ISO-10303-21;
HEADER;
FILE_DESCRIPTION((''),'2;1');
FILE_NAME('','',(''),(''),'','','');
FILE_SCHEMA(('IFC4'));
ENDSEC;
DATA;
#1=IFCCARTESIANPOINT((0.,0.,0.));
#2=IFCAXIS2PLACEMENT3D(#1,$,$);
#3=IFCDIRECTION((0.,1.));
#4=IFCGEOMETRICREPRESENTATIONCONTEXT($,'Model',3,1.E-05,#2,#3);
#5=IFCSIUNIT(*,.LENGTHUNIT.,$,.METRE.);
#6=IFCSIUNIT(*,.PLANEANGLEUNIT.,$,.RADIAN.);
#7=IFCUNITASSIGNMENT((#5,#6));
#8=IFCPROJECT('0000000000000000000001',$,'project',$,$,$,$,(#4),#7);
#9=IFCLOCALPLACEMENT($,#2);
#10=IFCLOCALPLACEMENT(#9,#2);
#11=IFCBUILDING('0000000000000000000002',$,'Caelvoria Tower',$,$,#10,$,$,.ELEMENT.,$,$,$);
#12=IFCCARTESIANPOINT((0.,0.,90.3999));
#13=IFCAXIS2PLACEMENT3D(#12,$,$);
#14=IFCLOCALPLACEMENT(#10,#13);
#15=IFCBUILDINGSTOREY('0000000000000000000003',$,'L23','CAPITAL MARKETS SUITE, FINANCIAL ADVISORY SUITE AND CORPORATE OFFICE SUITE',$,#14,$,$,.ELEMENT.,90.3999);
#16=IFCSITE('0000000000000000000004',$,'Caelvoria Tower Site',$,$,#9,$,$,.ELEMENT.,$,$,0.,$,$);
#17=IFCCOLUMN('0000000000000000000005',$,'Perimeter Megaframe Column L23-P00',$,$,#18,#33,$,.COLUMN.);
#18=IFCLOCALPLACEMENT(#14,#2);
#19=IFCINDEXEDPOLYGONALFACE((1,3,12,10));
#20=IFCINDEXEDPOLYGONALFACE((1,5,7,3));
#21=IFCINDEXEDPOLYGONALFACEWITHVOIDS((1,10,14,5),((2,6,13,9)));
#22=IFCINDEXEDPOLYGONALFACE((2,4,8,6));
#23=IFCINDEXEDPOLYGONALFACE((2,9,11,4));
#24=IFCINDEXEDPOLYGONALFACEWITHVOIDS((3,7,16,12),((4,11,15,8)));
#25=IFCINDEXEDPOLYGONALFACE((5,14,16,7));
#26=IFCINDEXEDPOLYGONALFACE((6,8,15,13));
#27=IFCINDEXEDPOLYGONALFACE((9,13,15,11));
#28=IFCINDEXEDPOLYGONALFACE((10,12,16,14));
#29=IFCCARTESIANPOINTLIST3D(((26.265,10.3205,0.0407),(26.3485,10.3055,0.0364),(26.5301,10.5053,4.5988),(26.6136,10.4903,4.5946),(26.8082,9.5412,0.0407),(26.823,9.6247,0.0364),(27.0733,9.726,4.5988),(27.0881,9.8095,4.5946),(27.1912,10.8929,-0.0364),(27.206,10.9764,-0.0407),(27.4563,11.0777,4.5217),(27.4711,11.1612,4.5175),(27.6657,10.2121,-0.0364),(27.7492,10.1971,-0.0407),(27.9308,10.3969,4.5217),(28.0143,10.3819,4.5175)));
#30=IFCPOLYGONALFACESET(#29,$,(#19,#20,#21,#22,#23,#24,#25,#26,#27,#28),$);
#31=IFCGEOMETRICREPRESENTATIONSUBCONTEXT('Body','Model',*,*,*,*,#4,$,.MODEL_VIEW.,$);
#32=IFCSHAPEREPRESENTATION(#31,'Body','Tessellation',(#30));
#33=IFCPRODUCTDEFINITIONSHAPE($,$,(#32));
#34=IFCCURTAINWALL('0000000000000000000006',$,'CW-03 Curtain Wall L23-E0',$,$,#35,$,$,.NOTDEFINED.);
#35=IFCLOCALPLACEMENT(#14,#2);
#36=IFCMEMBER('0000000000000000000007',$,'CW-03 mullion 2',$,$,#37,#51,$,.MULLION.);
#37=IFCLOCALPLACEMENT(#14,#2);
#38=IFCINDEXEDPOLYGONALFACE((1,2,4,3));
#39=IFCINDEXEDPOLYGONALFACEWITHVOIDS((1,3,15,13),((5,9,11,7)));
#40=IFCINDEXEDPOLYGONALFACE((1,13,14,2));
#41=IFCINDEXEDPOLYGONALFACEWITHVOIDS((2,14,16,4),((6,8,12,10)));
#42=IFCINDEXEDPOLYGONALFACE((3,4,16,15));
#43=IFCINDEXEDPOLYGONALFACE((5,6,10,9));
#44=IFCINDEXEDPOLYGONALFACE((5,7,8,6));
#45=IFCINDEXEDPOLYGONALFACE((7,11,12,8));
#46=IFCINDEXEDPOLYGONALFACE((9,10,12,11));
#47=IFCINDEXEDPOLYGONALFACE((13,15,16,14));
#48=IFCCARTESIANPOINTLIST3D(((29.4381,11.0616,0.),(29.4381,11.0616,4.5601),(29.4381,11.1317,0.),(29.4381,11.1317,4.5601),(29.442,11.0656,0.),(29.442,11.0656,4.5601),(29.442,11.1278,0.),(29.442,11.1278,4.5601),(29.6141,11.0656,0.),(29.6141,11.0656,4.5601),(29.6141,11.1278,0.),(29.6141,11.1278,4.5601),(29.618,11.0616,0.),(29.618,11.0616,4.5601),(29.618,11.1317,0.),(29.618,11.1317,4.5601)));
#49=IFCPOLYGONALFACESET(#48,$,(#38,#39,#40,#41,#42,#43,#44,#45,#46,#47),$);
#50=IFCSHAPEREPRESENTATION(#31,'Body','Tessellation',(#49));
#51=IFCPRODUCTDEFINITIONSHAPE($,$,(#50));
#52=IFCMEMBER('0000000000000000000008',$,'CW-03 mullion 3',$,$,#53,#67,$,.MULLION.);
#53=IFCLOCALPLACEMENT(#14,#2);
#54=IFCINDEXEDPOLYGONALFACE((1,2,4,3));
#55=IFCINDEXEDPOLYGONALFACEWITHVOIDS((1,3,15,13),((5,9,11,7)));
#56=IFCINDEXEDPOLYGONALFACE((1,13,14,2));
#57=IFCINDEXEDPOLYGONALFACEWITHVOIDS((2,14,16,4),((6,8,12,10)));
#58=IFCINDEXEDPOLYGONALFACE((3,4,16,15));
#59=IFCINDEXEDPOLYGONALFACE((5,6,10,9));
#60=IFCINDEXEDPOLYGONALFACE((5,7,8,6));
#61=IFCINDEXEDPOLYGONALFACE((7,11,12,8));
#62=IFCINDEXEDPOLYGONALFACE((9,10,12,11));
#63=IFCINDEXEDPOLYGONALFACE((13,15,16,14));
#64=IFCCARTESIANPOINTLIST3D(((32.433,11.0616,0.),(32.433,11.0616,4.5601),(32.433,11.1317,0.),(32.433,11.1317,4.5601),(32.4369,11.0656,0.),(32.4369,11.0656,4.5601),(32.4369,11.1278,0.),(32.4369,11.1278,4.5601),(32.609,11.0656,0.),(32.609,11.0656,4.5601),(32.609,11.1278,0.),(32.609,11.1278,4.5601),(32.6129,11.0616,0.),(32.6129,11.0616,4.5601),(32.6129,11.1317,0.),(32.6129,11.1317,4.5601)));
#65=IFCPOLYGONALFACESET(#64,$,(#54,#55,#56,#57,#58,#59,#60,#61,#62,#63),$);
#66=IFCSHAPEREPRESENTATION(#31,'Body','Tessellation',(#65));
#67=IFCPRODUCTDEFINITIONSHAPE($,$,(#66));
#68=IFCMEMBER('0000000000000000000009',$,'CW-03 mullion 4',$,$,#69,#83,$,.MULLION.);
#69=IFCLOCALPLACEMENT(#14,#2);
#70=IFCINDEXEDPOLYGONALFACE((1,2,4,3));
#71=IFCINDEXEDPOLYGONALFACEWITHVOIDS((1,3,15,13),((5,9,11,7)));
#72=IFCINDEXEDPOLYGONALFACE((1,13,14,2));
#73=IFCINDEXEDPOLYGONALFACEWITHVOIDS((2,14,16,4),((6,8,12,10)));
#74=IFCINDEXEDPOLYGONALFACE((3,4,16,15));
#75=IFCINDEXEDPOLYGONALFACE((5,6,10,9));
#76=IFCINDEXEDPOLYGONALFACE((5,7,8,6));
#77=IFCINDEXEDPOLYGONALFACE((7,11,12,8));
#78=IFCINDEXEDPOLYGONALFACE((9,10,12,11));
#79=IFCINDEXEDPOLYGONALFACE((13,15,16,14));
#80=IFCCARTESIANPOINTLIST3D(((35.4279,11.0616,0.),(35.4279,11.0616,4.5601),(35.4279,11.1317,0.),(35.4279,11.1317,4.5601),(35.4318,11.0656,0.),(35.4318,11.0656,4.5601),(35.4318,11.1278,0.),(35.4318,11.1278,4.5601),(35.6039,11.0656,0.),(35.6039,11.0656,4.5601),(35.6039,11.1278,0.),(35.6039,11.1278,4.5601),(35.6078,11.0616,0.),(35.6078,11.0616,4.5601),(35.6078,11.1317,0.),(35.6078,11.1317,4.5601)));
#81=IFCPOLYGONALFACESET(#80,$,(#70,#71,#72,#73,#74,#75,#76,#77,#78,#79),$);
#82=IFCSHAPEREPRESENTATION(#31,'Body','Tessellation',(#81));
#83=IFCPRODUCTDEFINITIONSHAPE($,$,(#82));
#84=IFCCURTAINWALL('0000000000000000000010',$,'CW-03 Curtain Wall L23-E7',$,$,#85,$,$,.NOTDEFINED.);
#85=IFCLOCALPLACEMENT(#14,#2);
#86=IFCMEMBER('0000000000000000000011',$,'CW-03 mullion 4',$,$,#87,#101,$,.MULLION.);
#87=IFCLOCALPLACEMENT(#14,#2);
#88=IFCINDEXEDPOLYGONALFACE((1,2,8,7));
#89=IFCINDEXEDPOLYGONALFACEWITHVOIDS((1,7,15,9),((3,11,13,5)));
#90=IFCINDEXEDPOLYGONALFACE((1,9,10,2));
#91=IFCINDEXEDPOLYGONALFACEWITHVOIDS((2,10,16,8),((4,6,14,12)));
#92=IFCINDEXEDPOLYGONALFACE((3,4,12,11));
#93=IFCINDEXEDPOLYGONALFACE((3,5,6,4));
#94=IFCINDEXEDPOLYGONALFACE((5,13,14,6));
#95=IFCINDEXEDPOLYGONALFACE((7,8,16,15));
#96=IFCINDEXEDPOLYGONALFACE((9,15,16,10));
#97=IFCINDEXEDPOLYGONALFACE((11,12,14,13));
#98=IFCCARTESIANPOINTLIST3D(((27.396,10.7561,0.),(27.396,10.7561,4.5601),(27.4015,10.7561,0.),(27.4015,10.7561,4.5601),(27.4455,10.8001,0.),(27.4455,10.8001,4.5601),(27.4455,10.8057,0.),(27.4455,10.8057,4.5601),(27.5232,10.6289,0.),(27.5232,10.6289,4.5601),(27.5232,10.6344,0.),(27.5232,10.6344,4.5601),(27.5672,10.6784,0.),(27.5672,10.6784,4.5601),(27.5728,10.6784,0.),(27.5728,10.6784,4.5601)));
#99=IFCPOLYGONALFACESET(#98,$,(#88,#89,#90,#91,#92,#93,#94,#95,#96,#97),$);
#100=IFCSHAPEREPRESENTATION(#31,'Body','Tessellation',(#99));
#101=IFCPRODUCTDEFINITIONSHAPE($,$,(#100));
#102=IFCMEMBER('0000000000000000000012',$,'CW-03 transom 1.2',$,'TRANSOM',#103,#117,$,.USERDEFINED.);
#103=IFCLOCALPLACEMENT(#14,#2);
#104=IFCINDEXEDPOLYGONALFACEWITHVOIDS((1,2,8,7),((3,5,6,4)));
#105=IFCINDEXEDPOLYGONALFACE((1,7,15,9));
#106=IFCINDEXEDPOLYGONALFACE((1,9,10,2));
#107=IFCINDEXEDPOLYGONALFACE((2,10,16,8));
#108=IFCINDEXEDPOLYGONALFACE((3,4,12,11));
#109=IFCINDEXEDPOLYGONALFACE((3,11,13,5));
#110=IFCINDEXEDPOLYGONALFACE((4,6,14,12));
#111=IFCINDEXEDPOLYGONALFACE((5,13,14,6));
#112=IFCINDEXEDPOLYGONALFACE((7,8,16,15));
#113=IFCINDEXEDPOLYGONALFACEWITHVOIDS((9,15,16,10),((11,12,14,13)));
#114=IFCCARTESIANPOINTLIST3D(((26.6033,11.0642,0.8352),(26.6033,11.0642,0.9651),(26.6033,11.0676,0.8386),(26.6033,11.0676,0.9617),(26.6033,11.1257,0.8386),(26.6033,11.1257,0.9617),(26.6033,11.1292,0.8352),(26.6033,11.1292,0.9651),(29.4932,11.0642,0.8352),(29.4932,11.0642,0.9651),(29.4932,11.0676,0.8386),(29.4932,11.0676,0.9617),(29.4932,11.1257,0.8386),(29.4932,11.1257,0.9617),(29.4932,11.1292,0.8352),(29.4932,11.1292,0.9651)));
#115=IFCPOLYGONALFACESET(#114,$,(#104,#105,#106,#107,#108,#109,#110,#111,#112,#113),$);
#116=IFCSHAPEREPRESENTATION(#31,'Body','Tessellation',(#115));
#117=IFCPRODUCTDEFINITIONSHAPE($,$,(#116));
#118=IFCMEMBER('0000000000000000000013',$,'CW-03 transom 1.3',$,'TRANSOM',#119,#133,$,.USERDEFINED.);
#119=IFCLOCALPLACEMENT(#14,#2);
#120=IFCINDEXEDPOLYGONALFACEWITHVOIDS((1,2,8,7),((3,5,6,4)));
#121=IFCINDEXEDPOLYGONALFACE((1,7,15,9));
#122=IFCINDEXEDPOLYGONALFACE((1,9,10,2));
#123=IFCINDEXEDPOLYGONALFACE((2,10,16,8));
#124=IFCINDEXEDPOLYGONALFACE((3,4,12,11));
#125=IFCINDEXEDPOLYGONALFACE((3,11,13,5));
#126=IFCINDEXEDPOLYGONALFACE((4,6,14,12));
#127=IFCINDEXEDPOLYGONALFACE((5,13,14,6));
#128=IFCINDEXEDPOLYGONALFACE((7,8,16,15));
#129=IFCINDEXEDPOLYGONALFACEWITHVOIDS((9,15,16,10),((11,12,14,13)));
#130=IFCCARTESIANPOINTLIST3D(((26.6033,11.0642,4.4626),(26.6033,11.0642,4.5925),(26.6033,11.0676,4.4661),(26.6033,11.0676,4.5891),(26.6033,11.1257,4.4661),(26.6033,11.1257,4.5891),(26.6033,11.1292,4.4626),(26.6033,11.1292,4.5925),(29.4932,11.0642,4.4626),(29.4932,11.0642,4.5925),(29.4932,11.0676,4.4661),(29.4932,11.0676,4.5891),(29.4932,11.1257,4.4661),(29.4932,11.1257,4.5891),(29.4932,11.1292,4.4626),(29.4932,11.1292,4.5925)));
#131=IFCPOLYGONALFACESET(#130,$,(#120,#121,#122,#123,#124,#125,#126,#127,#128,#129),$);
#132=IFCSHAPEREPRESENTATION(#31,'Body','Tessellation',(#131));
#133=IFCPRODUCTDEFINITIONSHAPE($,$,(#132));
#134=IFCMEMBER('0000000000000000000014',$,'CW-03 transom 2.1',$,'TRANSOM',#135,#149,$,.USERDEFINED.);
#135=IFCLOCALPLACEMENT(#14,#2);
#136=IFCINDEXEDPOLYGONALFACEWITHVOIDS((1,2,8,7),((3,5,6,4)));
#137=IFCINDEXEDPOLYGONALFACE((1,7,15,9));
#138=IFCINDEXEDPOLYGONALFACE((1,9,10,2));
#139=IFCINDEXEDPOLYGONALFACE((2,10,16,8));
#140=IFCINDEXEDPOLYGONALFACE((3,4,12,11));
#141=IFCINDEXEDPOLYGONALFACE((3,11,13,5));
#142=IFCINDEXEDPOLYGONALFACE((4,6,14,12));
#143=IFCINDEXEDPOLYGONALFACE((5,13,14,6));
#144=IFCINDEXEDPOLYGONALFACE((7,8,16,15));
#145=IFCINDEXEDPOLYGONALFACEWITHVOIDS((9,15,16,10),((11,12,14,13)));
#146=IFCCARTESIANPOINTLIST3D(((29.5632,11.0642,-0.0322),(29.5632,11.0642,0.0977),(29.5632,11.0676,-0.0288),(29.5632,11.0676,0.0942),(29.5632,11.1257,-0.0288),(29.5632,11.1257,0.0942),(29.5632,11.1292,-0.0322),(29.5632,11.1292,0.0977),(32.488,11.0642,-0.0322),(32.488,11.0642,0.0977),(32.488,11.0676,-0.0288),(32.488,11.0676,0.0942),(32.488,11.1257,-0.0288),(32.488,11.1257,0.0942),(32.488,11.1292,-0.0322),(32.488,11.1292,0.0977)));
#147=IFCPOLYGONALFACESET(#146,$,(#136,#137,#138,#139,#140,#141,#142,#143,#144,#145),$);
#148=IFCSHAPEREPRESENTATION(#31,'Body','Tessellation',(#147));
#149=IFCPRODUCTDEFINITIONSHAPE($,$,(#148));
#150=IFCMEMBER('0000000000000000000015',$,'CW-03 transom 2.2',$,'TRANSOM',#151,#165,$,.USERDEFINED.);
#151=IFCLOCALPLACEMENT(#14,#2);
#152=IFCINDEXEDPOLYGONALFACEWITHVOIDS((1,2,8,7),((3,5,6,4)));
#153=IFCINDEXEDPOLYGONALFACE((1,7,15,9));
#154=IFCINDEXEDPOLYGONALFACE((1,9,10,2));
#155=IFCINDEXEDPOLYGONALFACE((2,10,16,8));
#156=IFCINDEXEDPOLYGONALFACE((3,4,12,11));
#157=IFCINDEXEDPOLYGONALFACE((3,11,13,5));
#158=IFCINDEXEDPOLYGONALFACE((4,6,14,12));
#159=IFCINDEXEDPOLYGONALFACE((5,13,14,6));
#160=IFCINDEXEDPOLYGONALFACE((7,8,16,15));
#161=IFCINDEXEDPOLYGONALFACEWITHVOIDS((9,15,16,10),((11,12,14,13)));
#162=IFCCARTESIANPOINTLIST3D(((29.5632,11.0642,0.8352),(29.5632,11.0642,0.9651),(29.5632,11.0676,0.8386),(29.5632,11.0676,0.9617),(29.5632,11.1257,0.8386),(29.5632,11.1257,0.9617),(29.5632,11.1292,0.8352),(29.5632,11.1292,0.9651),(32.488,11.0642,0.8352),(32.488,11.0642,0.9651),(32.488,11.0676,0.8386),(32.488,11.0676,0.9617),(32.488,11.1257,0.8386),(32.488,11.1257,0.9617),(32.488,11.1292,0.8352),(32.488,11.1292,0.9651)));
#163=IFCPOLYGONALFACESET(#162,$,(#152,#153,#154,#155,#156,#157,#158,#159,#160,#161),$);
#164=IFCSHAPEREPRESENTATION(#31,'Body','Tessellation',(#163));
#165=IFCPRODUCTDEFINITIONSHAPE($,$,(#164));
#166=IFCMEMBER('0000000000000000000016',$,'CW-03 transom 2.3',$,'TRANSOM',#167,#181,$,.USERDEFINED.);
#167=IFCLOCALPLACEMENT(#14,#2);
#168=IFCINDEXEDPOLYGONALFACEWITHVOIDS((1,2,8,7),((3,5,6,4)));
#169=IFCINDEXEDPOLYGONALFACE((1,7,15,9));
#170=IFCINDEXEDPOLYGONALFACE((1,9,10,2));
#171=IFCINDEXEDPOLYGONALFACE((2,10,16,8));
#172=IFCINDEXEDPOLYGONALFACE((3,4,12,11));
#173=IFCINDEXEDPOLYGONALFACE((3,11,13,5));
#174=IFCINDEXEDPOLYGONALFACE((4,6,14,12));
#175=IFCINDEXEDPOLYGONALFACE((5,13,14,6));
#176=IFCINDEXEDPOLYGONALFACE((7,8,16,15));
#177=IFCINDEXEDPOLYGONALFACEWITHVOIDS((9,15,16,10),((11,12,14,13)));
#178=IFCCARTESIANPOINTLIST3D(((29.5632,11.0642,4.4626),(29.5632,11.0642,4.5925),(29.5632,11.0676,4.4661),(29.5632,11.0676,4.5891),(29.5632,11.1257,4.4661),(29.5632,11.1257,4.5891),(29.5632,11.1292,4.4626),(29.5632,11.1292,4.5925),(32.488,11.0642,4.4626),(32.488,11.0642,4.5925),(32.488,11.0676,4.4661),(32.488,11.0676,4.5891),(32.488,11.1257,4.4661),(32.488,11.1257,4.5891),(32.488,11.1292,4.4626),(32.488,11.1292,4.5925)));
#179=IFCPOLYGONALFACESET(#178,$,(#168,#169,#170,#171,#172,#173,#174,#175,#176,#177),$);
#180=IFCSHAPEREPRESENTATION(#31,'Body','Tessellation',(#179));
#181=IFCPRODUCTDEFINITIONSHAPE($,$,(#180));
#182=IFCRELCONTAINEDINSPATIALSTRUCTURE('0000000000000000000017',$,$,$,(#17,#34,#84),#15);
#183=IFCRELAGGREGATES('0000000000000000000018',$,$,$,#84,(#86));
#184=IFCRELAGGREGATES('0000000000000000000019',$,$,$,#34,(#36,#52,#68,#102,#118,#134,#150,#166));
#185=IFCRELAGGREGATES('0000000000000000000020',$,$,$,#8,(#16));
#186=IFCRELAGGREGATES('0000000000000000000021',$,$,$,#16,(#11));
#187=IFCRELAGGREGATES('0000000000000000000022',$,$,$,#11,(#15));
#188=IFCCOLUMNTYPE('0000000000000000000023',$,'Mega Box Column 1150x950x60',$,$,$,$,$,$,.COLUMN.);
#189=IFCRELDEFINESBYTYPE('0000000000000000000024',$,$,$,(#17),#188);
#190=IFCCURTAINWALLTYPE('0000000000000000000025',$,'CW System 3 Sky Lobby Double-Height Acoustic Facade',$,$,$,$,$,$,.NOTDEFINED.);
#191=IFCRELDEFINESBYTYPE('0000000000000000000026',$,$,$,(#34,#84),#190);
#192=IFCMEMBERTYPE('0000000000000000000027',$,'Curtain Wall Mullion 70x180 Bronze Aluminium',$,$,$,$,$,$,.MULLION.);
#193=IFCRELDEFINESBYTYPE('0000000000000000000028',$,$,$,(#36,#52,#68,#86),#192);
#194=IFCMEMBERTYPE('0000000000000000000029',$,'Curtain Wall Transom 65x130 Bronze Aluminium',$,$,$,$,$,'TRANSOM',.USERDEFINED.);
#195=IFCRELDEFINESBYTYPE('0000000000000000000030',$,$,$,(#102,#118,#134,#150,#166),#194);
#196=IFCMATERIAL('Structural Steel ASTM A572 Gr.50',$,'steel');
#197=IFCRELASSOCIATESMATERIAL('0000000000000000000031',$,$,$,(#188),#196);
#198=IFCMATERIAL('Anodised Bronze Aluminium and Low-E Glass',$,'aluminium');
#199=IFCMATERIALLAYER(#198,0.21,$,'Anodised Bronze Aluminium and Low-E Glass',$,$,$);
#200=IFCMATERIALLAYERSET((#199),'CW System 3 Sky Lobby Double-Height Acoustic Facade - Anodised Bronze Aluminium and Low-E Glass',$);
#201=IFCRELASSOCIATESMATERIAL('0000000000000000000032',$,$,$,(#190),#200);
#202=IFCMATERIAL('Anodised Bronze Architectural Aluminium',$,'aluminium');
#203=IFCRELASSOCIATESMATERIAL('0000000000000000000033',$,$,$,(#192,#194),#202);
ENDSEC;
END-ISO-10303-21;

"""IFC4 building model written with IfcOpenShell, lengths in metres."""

from ifc_helpers import new_model, si_unit, direction, frame, origin, origin_2d, place, context, subcontext, project, spatial, hollow_rectangle, extrude, material, layer, layer_set, material_profile, profile_set, type_object, element, aggregate, save


model = new_model("IFC4")

# Units and contexts
model_context = context("Model", 3, precision=1e-05, world=origin(), true_north=direction((0.0, 1.0)))
body_context = subcontext(model_context, "Body", "Model", "MODEL_VIEW")
ifc_project = project(units=[si_unit("LENGTHUNIT", "METRE"), si_unit("PLANEANGLEUNIT", "RADIAN")], contexts=[model_context])

# Site, building, storey
site_placement = place(None, origin())
site = spatial("IfcSite", under=ifc_project, at=site_placement, Name="Caelvoria Tower Site", CompositionType="ELEMENT", RefElevation=0.0)
building_placement = place(site_placement, origin())
building = spatial("IfcBuilding", under=site, at=building_placement, Name="Caelvoria Tower", CompositionType="ELEMENT")
storey_placement = place(building_placement, frame((0.0, 0.0, 90.3999)))
storey = spatial("IfcBuildingStorey", under=building, at=storey_placement, Name="L23", Description="CAPITAL MARKETS SUITE, FINANCIAL ADVISORY SUITE AND CORPORATE OFFICE SUITE", CompositionType="ELEMENT", Elevation=90.3999)

# Column
ifc_material_1 = material(Name="Structural Steel ASTM A572 Gr.50", Category="steel")
ifc_material_profile_1 = material_profile(ifc_material_1, hollow_rectangle(XDim=0.95, YDim=1.1499, WallThickness=0.0601, at=origin_2d()), Name="Structural Steel ASTM A572 Gr.50")
ifc_profile_set_1 = profile_set([ifc_material_profile_1], Name="BOX1150X950X60 - Structural Steel ASTM A572 Gr.50")
column_type = type_object("IfcColumnType", Name="Mega Box Column 1150x950x60", PredefinedType="COLUMN", material=ifc_profile_set_1)
column_placement = place(storey_placement, frame((27.0071, 10.2588, 0.0), z_axis=(0.058023, 0.040445, 0.997496), x_axis=(-0.571839, 0.820366, 0.0)))
element("IfcColumn", 1, at=column_placement, inside=storey, type_object=column_type, Name="Perimeter Megaframe Column L23-P00", PredefinedType="COLUMN", context=body_context, shape_type="SweptSolid", body=[
    extrude(hollow_rectangle(XDim=0.95, YDim=1.1499, WallThickness=0.0601, at=origin_2d()), origin(), (0.0, 0.0, 1.0), 4.5696),
])

# Curtain wall, members
ifc_material_2 = material(Name="Anodised Bronze Aluminium and Low-E Glass", Category="aluminium")
ifc_layer_1 = layer(ifc_material_2, 0.21, Name="Anodised Bronze Aluminium and Low-E Glass")
ifc_layer_set_1 = layer_set([ifc_layer_1], Name="CW System 3 Sky Lobby Double-Height Acoustic Facade - Anodised Bronze Aluminium and Low-E Glass")
curtain_wall_type = type_object("IfcCurtainWallType", Name="CW System 3 Sky Lobby Double-Height Acoustic Facade", PredefinedType="NOTDEFINED", material=ifc_layer_set_1)
curtain_wall_1_placement = place(storey_placement, origin())
curtain_wall_1 = element("IfcCurtainWall", 2, at=curtain_wall_1_placement, inside=storey, type_object=curtain_wall_type, Name="CW-03 Curtain Wall L23-E0", PredefinedType="NOTDEFINED")
ifc_material_3 = material(Name="Anodised Bronze Architectural Aluminium", Category="aluminium")
ifc_material_profile_2 = material_profile(ifc_material_3, hollow_rectangle(XDim=0.0701, YDim=0.1799, WallThickness=0.0039, at=origin_2d()), Name="Anodised Bronze Architectural Aluminium")
ifc_profile_set_2 = profile_set([ifc_material_profile_2], Name="CW_MULL_70X180 - Anodised Bronze Architectural Aluminium")
member_type_1 = type_object("IfcMemberType", Name="Curtain Wall Mullion 70x180 Bronze Aluminium", PredefinedType="MULLION", material=ifc_profile_set_2)
member_1_placement = place(storey_placement, frame((29.5281, 11.0967, 0.0), z_axis=(0.0, 0.0, 1.0), x_axis=(0.0, 1.0, 0.0)))
member_1 = element("IfcMember", 3, at=member_1_placement, type_object=member_type_1, Name="CW-03 mullion 2", PredefinedType="MULLION", context=body_context, shape_type="SweptSolid", body=[
    extrude(hollow_rectangle(XDim=0.0701, YDim=0.1799, WallThickness=0.0039, at=origin_2d()), origin(), (0.0, 0.0, 1.0), 4.5601),
])
member_2_placement = place(storey_placement, frame((32.5229, 11.0967, 0.0), z_axis=(0.0, 0.0, 1.0), x_axis=(0.0, 1.0, 0.0)))
member_2 = element("IfcMember", 4, at=member_2_placement, type_object=member_type_1, Name="CW-03 mullion 3", PredefinedType="MULLION", context=body_context, shape_type="SweptSolid", body=[
    extrude(hollow_rectangle(XDim=0.0701, YDim=0.1799, WallThickness=0.0039, at=origin_2d()), origin(), (0.0, 0.0, 1.0), 4.5601),
])
member_3_placement = place(storey_placement, frame((35.5178, 11.0967, 0.0), z_axis=(0.0, 0.0, 1.0), x_axis=(0.0, 1.0, 0.0)))
member_3 = element("IfcMember", 5, at=member_3_placement, type_object=member_type_1, Name="CW-03 mullion 4", PredefinedType="MULLION", context=body_context, shape_type="SweptSolid", body=[
    extrude(hollow_rectangle(XDim=0.0701, YDim=0.1799, WallThickness=0.0039, at=origin_2d()), origin(), (0.0, 0.0, 1.0), 4.5601),
])

# Curtain wall, member
curtain_wall_2_placement = place(storey_placement, origin())
curtain_wall_2 = element("IfcCurtainWall", 6, at=curtain_wall_2_placement, inside=storey, type_object=curtain_wall_type, Name="CW-03 Curtain Wall L23-E7", PredefinedType="NOTDEFINED")
member_4_placement = place(storey_placement, frame((27.4844, 10.7173, 0.0), z_axis=(0.0, 0.0, 1.0), x_axis=(0.707107, 0.707107, 0.0)))
member_4 = element("IfcMember", 7, at=member_4_placement, type_object=member_type_1, Name="CW-03 mullion 4", PredefinedType="MULLION", context=body_context, shape_type="SweptSolid", body=[
    extrude(hollow_rectangle(XDim=0.0701, YDim=0.1799, WallThickness=0.0039, at=origin_2d()), origin(), (0.0, 0.0, 1.0), 4.5601),
])
aggregate(curtain_wall_2, [member_4])

# Members
ifc_material_profile_3 = material_profile(ifc_material_3, hollow_rectangle(XDim=0.0649, YDim=0.1299, WallThickness=0.0034, at=origin_2d()), Name="Anodised Bronze Architectural Aluminium")
ifc_profile_set_3 = profile_set([ifc_material_profile_3], Name="CW_TRAN_65X130 - Anodised Bronze Architectural Aluminium")
member_type_2 = type_object("IfcMemberType", Name="Curtain Wall Transom 65x130 Bronze Aluminium", ElementType="TRANSOM", PredefinedType="USERDEFINED", material=ifc_profile_set_3)
member_5_placement = place(storey_placement, frame((26.6033, 11.0967, 0.9001), z_axis=(1.0, 0.0, 0.0), x_axis=(0.0, 1.0, 0.0)))
member_5 = element("IfcMember", 8, at=member_5_placement, type_object=member_type_2, Name="CW-03 transom 1.2", ObjectType="TRANSOM", PredefinedType="USERDEFINED", context=body_context, shape_type="SweptSolid", body=[
    extrude(hollow_rectangle(XDim=0.0649, YDim=0.1299, WallThickness=0.0034, at=origin_2d()), origin(), (0.0, 0.0, 1.0), 2.8899),
])
member_6_placement = place(storey_placement, frame((26.6033, 11.0967, 4.5276), z_axis=(1.0, 0.0, 0.0), x_axis=(0.0, 1.0, 0.0)))
member_6 = element("IfcMember", 9, at=member_6_placement, type_object=member_type_2, Name="CW-03 transom 1.3", ObjectType="TRANSOM", PredefinedType="USERDEFINED", context=body_context, shape_type="SweptSolid", body=[
    extrude(hollow_rectangle(XDim=0.0649, YDim=0.1299, WallThickness=0.0034, at=origin_2d()), origin(), (0.0, 0.0, 1.0), 2.8899),
])
member_7_placement = place(storey_placement, frame((29.5632, 11.0967, 0.0327), z_axis=(1.0, 0.0, 0.0), x_axis=(0.0, 1.0, 0.0)))
member_7 = element("IfcMember", 10, at=member_7_placement, type_object=member_type_2, Name="CW-03 transom 2.1", ObjectType="TRANSOM", PredefinedType="USERDEFINED", context=body_context, shape_type="SweptSolid", body=[
    extrude(hollow_rectangle(XDim=0.0649, YDim=0.1299, WallThickness=0.0034, at=origin_2d()), origin(), (0.0, 0.0, 1.0), 2.9248),
])
member_8_placement = place(storey_placement, frame((29.5632, 11.0967, 0.9001), z_axis=(1.0, 0.0, 0.0), x_axis=(0.0, 1.0, 0.0)))
member_8 = element("IfcMember", 11, at=member_8_placement, type_object=member_type_2, Name="CW-03 transom 2.2", ObjectType="TRANSOM", PredefinedType="USERDEFINED", context=body_context, shape_type="SweptSolid", body=[
    extrude(hollow_rectangle(XDim=0.0649, YDim=0.1299, WallThickness=0.0034, at=origin_2d()), origin(), (0.0, 0.0, 1.0), 2.9248),
])
member_9_placement = place(storey_placement, frame((29.5632, 11.0967, 4.5276), z_axis=(1.0, 0.0, 0.0), x_axis=(0.0, 1.0, 0.0)))
member_9 = element("IfcMember", 12, at=member_9_placement, type_object=member_type_2, Name="CW-03 transom 2.3", ObjectType="TRANSOM", PredefinedType="USERDEFINED", context=body_context, shape_type="SweptSolid", body=[
    extrude(hollow_rectangle(XDim=0.0649, YDim=0.1299, WallThickness=0.0034, at=origin_2d()), origin(), (0.0, 0.0, 1.0), 2.9248),
])

aggregate(curtain_wall_1, [member_1, member_2, member_3, member_5, member_6, member_7, member_8, member_9])

save(model, "model.ifc")
